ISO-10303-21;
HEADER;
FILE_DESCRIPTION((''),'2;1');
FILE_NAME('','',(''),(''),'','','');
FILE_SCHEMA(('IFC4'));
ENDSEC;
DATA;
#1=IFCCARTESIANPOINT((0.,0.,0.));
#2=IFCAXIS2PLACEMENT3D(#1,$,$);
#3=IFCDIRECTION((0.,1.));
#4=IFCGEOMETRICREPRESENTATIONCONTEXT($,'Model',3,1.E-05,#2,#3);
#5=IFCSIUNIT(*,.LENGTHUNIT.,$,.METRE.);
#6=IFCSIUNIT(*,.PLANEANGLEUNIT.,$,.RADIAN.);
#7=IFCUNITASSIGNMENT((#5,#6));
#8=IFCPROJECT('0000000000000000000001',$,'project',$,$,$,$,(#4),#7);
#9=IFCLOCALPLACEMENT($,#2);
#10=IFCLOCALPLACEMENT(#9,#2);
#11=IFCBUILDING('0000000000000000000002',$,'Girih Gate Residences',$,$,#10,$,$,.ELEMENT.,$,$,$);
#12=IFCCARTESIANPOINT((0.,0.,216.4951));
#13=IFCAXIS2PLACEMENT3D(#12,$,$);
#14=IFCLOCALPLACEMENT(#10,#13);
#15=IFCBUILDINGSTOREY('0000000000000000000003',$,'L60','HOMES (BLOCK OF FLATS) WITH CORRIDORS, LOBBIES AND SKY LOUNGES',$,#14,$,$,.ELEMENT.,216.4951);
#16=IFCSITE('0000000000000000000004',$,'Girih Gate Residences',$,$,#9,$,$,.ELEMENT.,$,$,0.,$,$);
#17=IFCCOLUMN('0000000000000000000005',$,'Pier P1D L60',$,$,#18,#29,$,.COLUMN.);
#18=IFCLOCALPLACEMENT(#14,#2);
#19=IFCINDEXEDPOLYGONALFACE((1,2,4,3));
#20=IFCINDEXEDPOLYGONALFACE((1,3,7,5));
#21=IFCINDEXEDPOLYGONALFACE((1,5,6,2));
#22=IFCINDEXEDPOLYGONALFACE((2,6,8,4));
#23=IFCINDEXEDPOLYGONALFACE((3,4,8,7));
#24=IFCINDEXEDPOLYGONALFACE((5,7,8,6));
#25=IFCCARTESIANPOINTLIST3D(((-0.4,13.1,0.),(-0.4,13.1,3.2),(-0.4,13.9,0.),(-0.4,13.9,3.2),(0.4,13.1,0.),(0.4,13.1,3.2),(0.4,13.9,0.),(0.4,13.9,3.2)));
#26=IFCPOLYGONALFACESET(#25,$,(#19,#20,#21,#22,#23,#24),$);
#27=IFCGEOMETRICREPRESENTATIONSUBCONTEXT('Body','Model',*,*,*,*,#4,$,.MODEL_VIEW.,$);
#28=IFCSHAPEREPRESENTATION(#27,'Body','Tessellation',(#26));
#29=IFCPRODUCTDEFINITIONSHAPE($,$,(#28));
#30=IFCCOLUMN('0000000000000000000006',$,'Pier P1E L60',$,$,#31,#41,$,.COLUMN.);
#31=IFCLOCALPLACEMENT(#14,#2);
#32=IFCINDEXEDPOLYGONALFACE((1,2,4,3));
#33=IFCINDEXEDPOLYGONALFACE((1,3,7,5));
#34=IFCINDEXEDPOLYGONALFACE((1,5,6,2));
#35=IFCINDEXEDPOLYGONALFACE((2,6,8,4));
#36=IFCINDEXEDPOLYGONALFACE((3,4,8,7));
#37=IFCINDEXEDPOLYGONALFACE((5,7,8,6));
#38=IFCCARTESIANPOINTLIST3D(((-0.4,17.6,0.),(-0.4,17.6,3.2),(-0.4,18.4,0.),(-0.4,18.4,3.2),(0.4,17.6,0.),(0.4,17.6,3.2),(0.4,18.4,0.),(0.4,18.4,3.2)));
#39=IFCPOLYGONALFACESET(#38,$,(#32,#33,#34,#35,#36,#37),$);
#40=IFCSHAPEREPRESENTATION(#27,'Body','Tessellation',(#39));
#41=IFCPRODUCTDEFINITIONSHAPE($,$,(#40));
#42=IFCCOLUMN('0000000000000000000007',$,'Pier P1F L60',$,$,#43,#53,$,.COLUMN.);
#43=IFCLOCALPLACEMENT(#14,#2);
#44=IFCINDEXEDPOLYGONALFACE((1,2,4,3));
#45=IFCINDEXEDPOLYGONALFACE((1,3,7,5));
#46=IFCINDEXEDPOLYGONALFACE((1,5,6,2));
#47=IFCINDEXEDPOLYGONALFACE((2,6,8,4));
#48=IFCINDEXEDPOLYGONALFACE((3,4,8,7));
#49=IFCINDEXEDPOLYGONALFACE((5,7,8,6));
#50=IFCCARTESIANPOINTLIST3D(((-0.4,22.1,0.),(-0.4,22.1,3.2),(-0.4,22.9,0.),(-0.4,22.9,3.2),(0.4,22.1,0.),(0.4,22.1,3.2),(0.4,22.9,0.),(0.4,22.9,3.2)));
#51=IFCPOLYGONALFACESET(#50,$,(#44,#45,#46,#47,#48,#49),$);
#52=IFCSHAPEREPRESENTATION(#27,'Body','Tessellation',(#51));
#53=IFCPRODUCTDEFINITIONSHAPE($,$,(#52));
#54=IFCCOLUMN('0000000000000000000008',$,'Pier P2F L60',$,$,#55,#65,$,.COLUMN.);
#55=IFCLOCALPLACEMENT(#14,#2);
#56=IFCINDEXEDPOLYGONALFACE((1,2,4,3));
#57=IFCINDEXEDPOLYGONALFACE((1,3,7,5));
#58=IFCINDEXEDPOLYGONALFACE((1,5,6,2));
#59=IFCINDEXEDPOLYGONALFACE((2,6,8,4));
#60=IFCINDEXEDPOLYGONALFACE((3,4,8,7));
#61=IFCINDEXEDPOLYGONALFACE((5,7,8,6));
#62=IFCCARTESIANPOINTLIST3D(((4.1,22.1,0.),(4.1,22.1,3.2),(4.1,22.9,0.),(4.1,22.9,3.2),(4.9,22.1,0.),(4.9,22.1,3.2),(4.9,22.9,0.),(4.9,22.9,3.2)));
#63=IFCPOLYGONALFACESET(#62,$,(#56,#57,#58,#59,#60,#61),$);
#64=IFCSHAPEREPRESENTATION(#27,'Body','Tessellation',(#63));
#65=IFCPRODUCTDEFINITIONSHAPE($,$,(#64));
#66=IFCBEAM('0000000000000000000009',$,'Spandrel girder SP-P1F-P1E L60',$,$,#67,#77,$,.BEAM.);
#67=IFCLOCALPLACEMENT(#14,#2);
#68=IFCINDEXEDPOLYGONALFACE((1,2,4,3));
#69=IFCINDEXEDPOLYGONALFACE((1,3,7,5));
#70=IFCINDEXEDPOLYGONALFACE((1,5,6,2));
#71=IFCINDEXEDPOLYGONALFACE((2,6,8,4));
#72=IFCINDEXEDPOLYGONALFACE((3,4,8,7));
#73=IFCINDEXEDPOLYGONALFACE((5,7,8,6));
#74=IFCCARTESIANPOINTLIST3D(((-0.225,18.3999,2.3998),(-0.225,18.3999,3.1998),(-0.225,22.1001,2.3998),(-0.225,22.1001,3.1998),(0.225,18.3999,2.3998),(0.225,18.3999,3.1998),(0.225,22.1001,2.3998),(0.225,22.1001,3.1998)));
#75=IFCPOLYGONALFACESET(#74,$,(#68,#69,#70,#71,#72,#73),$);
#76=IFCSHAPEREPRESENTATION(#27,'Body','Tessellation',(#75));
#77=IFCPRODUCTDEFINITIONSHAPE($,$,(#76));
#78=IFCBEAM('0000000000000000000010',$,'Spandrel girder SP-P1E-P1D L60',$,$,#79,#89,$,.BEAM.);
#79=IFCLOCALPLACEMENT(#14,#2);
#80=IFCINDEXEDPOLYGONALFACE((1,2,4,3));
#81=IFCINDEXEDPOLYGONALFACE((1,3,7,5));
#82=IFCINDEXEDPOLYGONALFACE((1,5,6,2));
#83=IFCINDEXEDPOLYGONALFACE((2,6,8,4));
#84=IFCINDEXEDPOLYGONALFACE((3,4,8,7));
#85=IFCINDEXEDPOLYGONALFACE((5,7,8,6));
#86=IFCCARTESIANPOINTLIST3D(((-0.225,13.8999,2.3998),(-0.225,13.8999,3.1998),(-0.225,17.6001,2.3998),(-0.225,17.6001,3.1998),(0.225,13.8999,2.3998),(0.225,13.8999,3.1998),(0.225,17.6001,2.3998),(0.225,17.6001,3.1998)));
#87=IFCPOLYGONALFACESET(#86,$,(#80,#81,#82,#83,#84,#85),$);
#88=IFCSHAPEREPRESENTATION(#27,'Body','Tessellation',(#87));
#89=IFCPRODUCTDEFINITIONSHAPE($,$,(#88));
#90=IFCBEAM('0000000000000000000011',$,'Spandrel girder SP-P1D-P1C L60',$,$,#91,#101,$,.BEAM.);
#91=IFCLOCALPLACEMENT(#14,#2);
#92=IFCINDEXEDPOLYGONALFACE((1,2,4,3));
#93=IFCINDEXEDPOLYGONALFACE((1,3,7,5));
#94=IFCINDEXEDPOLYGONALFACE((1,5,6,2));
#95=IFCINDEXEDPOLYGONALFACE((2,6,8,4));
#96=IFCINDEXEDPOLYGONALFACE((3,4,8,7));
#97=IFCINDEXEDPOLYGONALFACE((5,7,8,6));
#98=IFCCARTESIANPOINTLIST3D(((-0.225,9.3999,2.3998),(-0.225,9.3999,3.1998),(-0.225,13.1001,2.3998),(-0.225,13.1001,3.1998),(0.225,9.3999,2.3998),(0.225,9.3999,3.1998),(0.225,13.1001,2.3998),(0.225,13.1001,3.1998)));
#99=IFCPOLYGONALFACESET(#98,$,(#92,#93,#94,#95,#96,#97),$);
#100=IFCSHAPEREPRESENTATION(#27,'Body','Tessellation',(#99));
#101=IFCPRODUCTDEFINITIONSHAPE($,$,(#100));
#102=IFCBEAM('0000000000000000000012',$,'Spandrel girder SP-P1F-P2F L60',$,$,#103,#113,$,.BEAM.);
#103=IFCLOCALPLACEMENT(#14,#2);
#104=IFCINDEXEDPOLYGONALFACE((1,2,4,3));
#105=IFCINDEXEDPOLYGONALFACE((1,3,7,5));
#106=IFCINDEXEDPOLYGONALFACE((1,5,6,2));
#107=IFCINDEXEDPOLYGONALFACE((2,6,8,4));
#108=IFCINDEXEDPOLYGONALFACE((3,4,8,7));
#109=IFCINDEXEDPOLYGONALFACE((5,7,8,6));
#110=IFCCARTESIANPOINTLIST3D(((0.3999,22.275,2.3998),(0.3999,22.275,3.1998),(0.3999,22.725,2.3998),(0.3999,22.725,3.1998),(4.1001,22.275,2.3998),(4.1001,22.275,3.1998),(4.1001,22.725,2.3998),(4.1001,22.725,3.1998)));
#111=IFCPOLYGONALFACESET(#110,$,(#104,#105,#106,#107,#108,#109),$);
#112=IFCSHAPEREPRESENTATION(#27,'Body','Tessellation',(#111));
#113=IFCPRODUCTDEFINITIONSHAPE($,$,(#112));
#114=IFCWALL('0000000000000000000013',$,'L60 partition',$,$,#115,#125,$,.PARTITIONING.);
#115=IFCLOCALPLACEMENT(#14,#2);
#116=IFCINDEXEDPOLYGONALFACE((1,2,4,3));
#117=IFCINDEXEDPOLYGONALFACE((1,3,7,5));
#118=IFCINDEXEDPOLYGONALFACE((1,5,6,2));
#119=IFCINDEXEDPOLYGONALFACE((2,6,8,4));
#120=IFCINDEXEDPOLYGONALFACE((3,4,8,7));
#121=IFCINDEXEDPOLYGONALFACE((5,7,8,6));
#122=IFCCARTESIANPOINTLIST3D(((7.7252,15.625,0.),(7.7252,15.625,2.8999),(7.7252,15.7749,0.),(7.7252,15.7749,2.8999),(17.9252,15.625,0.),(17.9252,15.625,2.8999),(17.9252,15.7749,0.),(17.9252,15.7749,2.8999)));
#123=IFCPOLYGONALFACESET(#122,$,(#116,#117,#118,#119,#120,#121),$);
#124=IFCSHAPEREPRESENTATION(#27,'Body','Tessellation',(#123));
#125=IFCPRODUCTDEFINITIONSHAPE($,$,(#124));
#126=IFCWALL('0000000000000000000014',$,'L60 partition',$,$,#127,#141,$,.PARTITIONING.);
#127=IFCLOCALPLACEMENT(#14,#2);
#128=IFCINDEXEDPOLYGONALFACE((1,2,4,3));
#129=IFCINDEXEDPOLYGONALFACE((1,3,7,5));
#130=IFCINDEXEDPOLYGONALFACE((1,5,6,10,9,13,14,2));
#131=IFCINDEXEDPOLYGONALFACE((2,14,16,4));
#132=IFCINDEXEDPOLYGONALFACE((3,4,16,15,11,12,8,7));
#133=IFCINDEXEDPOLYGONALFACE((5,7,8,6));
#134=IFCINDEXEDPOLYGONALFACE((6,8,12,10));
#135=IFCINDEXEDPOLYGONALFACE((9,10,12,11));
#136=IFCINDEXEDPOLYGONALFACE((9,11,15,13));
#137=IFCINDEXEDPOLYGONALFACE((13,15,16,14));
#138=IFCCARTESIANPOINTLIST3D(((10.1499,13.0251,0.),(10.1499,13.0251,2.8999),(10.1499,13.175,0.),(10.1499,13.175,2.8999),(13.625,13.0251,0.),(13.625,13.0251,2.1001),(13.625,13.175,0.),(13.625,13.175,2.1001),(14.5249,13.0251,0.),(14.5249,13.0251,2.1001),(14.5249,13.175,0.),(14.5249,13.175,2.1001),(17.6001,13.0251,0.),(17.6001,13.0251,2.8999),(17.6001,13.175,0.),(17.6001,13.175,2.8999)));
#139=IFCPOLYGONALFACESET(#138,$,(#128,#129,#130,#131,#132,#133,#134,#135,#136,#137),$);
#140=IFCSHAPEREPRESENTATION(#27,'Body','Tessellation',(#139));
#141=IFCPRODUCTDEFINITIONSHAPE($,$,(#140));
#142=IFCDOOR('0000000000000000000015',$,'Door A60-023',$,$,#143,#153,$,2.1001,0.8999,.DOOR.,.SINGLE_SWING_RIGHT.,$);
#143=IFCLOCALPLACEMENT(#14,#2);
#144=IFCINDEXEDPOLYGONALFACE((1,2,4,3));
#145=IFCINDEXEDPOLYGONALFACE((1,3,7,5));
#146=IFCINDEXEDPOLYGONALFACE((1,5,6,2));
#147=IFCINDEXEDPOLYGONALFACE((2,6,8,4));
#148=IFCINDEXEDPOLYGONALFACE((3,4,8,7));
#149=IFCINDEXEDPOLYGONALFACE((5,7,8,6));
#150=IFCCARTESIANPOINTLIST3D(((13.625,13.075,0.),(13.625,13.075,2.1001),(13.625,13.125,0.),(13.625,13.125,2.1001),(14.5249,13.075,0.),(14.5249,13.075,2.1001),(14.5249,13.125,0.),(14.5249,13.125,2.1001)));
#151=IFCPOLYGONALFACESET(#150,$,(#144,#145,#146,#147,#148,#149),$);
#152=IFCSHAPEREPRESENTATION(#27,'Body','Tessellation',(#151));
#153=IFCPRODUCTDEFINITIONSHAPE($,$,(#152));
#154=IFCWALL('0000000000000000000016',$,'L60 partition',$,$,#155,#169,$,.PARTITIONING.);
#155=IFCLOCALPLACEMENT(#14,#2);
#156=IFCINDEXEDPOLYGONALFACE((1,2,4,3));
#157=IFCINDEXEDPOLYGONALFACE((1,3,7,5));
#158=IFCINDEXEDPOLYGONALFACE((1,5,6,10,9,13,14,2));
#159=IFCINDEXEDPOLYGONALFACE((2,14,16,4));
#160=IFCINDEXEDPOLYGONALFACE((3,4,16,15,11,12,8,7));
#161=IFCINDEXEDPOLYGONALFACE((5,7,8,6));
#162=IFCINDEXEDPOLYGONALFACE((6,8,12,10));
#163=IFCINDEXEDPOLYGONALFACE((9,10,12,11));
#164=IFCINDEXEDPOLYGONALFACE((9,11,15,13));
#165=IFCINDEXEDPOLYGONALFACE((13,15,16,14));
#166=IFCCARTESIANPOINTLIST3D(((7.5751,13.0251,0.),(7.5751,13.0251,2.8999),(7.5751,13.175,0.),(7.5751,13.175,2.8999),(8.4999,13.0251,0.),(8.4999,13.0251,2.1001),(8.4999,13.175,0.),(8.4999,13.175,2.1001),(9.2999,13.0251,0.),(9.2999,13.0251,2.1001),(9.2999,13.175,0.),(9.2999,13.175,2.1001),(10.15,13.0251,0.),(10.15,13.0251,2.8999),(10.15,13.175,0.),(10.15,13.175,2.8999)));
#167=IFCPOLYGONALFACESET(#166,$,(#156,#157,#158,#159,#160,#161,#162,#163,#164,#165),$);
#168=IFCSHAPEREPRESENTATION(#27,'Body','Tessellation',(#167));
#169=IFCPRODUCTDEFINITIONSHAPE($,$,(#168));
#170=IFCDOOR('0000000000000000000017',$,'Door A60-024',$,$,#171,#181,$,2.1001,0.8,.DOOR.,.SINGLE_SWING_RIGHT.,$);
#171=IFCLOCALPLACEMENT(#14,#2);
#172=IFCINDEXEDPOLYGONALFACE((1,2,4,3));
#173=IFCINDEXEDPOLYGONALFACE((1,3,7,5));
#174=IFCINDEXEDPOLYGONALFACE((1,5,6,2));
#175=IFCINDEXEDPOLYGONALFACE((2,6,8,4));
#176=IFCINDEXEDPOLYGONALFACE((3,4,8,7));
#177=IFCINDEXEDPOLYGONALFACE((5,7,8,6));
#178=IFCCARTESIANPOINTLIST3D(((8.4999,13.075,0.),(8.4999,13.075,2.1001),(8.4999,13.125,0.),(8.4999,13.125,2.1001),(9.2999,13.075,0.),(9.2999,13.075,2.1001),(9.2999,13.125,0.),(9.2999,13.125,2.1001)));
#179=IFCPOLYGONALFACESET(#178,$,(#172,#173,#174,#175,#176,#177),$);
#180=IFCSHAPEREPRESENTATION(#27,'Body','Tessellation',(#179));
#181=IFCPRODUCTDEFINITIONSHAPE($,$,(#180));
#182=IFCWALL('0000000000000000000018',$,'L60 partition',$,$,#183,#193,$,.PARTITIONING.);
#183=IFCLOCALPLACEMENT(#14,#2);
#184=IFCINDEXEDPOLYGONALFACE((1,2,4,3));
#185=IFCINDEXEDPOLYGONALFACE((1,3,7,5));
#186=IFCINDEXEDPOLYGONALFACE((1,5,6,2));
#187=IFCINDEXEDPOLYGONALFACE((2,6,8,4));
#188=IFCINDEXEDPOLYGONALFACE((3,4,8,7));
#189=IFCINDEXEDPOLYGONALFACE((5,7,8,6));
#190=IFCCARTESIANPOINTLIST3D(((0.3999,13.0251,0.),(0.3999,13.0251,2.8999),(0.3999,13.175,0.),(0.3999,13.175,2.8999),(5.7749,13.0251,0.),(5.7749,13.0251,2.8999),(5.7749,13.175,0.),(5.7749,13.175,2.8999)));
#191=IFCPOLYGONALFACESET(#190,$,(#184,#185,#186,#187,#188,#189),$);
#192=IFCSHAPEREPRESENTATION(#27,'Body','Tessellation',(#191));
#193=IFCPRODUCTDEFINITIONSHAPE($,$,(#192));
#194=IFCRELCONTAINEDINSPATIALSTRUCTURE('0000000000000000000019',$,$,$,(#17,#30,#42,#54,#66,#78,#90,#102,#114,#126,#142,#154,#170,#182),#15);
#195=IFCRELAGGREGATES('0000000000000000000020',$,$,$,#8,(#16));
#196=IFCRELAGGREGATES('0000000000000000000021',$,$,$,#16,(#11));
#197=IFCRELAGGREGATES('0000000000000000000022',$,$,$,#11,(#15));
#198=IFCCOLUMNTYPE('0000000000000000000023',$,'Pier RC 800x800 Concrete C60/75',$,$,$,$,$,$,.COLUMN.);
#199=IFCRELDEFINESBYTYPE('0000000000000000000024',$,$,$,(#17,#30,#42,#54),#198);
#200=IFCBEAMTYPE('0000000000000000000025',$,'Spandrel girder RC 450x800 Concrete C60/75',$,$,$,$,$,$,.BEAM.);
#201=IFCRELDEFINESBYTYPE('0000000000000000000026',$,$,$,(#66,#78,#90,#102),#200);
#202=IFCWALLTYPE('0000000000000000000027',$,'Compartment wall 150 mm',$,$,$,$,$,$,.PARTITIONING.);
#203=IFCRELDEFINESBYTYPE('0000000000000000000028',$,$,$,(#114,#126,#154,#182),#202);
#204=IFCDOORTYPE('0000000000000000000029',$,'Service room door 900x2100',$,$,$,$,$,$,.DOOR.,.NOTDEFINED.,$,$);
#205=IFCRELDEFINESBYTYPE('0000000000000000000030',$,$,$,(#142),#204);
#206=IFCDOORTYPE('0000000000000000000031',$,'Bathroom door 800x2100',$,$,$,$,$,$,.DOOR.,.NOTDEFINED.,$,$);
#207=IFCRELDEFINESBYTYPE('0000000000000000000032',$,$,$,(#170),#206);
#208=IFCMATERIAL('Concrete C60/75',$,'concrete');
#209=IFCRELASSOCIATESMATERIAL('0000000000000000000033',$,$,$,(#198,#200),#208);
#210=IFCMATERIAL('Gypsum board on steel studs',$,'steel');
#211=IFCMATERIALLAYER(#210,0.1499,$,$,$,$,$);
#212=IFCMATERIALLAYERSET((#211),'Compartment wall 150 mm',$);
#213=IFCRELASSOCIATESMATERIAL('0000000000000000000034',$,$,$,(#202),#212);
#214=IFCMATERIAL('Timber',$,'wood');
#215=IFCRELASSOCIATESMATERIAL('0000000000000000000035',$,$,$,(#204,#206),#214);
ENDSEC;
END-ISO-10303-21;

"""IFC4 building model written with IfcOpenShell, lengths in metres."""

from ifc_helpers import new_model, si_unit, direction, frame, frame_2d, origin, origin_2d, place, context, subcontext, project, spatial, rectangle, extrude, material, layer, layer_set, material_profile, profile_set, type_object, element, fill, save


model = new_model("IFC4")

# Units and contexts
model_context = context("Model", 3, precision=1e-05, world=origin(), true_north=direction((0.0, 1.0)))
body_context = subcontext(model_context, "Body", "Model", "MODEL_VIEW")
ifc_project = project(units=[si_unit("LENGTHUNIT", "METRE"), si_unit("PLANEANGLEUNIT", "RADIAN")], contexts=[model_context])

# Site, building, storey
site_placement = place(None, origin())
site = spatial("IfcSite", under=ifc_project, at=site_placement, Name="Girih Gate Residences", CompositionType="ELEMENT", RefElevation=0.0)
building_placement = place(site_placement, origin())
building = spatial("IfcBuilding", under=site, at=building_placement, Name="Girih Gate Residences", CompositionType="ELEMENT")
storey_placement = place(building_placement, frame((0.0, 0.0, 216.4951)))
storey = spatial("IfcBuildingStorey", under=building, at=storey_placement, Name="L60", Description="HOMES (BLOCK OF FLATS) WITH CORRIDORS, LOBBIES AND SKY LOUNGES", CompositionType="ELEMENT", Elevation=216.4951)

# Columns
ifc_material_1 = material(Name="Concrete C60/75", Category="concrete")
ifc_material_profile_1 = material_profile(ifc_material_1, rectangle(XDim=0.8, YDim=0.8, at=origin_2d()))
ifc_profile_set_1 = profile_set([ifc_material_profile_1], Name="Concrete C60/75")
column_type = type_object("IfcColumnType", Name="Pier RC 800x800 Concrete C60/75", PredefinedType="COLUMN", material=ifc_profile_set_1)
for number, where, z_axis, x_axis, name in (
    (1, (0.0, 13.5, 0.0), (0.0, 0.0, 1.0), (1.0, 0.0, 0.0), "Pier P1D L60"),
    (2, (0.0, 18.0, 0.0), (0.0, 0.0, 1.0), (1.0, 0.0, 0.0), "Pier P1E L60"),
    (3, (0.0, 22.5, 0.0), (0.0, 0.0, 1.0), (1.0, 0.0, 0.0), "Pier P1F L60"),
    (4, (4.5, 22.5, 0.0), (0.0, 0.0, 1.0), (1.0, 0.0, 0.0), "Pier P2F L60"),
):
    element("IfcColumn", number, at=place(storey_placement, frame(where, z_axis=z_axis, x_axis=x_axis)), inside=storey, type_object=column_type, Name=name, PredefinedType="COLUMN", context=body_context, shape_type="SweptSolid", body=[
        extrude(rectangle(XDim=0.8, YDim=0.8, at=origin_2d()), origin(), (0.0, 0.0, 1.0), 3.2),
    ])

# Beams
ifc_material_profile_2 = material_profile(ifc_material_1, rectangle(XDim=0.45, YDim=0.8, at=origin_2d()))
ifc_profile_set_2 = profile_set([ifc_material_profile_2], Name="Concrete C60/75")
beam_type = type_object("IfcBeamType", Name="Spandrel girder RC 450x800 Concrete C60/75", PredefinedType="BEAM", material=ifc_profile_set_2)
for number, where, z_axis, x_axis, name in (
    (5, (0.0, 22.1001, 2.7998), (0.0, -1.0, 0.0), (1.0, 0.0, 0.0), "Spandrel girder SP-P1F-P1E L60"),
    (6, (0.0, 17.6001, 2.7998), (0.0, -1.0, 0.0), (1.0, 0.0, 0.0), "Spandrel girder SP-P1E-P1D L60"),
    (7, (0.0, 13.1001, 2.7998), (0.0, -1.0, 0.0), (1.0, 0.0, 0.0), "Spandrel girder SP-P1D-P1C L60"),
    (8, (0.3999, 22.5, 2.7998), (1.0, 0.0, 0.0), (0.0, 1.0, 0.0), "Spandrel girder SP-P1F-P2F L60"),
):
    element("IfcBeam", number, at=place(storey_placement, frame(where, z_axis=z_axis, x_axis=x_axis)), inside=storey, type_object=beam_type, Name=name, PredefinedType="BEAM", context=body_context, shape_type="SweptSolid", body=[
        extrude(rectangle(XDim=0.45, YDim=0.8, at=origin_2d()), origin(), (0.0, 0.0, 1.0), 3.7002),
    ])

# Wall
ifc_material_2 = material(Name="Gypsum board on steel studs", Category="steel")
ifc_layer_1 = layer(ifc_material_2, 0.1499)
ifc_layer_set_1 = layer_set([ifc_layer_1], Name="Compartment wall 150 mm")
wall_type_1 = type_object("IfcWallType", Name="Compartment wall 150 mm", PredefinedType="PARTITIONING", material=ifc_layer_set_1)
wall_1_placement = place(storey_placement, frame((7.7251, 15.7, 0.0), z_axis=(0.0, 0.0, 1.0), x_axis=(1.0, 0.0, 0.0)))
element("IfcWall", 9, at=wall_1_placement, inside=storey, type_object=wall_type_1, Name="L60 partition", PredefinedType="PARTITIONING", context=body_context, shape_type="SweptSolid", body=[
    extrude(rectangle(XDim=10.2, YDim=0.1499, at=frame_2d((5.1001, 0.0))), origin(), (0.0, 0.0, 1.0), 2.8999),
])

# Walls, openings, doors
wall_2_placement = place(storey_placement, frame((10.1499, 13.1001, 0.0), z_axis=(0.0, 0.0, 1.0), x_axis=(1.0, 0.0, 0.0)))
wall_2 = element("IfcWall", 10, at=wall_2_placement, inside=storey, type_object=wall_type_1, Name="L60 partition", PredefinedType="PARTITIONING", context=body_context, shape_type="SweptSolid", body=[
    extrude(rectangle(XDim=7.4502, YDim=0.1499, at=frame_2d((3.7251, 0.0))), origin(), (0.0, 0.0, 1.0), 2.8999),
])
opening_1_placement = place(wall_2_placement, frame((3.4751, 0.0, 0.0)))
opening_1 = element("IfcOpeningElement", 11, at=opening_1_placement, cuts=wall_2, PredefinedType="OPENING", context=body_context, shape_type="SweptSolid", body=[
    extrude(rectangle(XDim=0.8999, YDim=2.1001, at=frame_2d((0.45, 1.05))), frame((0.0, 0.085, 0.0), z_axis=(0.0, -1.0, 0.0), x_axis=(1.0, 0.0, 0.0)), (0.0, 0.0, 1.0), 0.1699),
])
ifc_material_3 = material(Name="Timber", Category="wood")
door_type_1 = type_object("IfcDoorType", Name="Service room door 900x2100", OperationType="NOTDEFINED", PredefinedType="DOOR", material=ifc_material_3)
door_1_placement = place(opening_1_placement, origin())
door_1 = element("IfcDoor", 12, at=door_1_placement, inside=storey, type_object=door_type_1, Name="Door A60-023", OperationType="SINGLE_SWING_RIGHT", OverallHeight=2.1001, OverallWidth=0.8999, PredefinedType="DOOR", context=body_context, shape_type="SweptSolid", body=[
    extrude(rectangle(XDim=0.8999, YDim=2.1001, at=frame_2d((0.45, 1.05))), frame((0.0, 0.0249, 0.0), z_axis=(0.0, -1.0, 0.0), x_axis=(1.0, 0.0, 0.0)), (0.0, 0.0, 1.0), 0.05),
])
fill(opening_1, door_1)
wall_3_placement = place(storey_placement, frame((7.575, 13.1001, 0.0), z_axis=(0.0, 0.0, 1.0), x_axis=(1.0, 0.0, 0.0)))
wall_3 = element("IfcWall", 13, at=wall_3_placement, inside=storey, type_object=wall_type_1, Name="L60 partition", PredefinedType="PARTITIONING", context=body_context, shape_type="SweptSolid", body=[
    extrude(rectangle(XDim=2.575, YDim=0.1499, at=frame_2d((1.2876, 0.0))), origin(), (0.0, 0.0, 1.0), 2.8999),
])
opening_2_placement = place(wall_3_placement, frame((0.925, 0.0, 0.0)))
opening_2 = element("IfcOpeningElement", 14, at=opening_2_placement, cuts=wall_3, PredefinedType="OPENING", context=body_context, shape_type="SweptSolid", body=[
    extrude(rectangle(XDim=0.8, YDim=2.1001, at=frame_2d((0.3999, 1.05))), frame((0.0, 0.085, 0.0), z_axis=(0.0, -1.0, 0.0), x_axis=(1.0, 0.0, 0.0)), (0.0, 0.0, 1.0), 0.1699),
])
door_type_2 = type_object("IfcDoorType", Name="Bathroom door 800x2100", OperationType="NOTDEFINED", PredefinedType="DOOR", material=ifc_material_3)
door_2_placement = place(opening_2_placement, origin())
door_2 = element("IfcDoor", 15, at=door_2_placement, inside=storey, type_object=door_type_2, Name="Door A60-024", OperationType="SINGLE_SWING_RIGHT", OverallHeight=2.1001, OverallWidth=0.8, PredefinedType="DOOR", context=body_context, shape_type="SweptSolid", body=[
    extrude(rectangle(XDim=0.8, YDim=2.1001, at=frame_2d((0.3999, 1.05))), frame((0.0, 0.0249, 0.0), z_axis=(0.0, -1.0, 0.0), x_axis=(1.0, 0.0, 0.0)), (0.0, 0.0, 1.0), 0.05),
])
fill(opening_2, door_2)

# Wall
wall_4_placement = place(storey_placement, frame((0.3999, 13.1001, 0.0), z_axis=(0.0, 0.0, 1.0), x_axis=(1.0, 0.0, 0.0)))
element("IfcWall", 16, at=wall_4_placement, inside=storey, type_object=wall_type_1, Name="L60 partition", PredefinedType="PARTITIONING", context=body_context, shape_type="SweptSolid", body=[
    extrude(rectangle(XDim=5.375, YDim=0.1499, at=frame_2d((2.6875, 0.0))), origin(), (0.0, 0.0, 1.0), 2.8999),
])

save(model, "model.ifc")
